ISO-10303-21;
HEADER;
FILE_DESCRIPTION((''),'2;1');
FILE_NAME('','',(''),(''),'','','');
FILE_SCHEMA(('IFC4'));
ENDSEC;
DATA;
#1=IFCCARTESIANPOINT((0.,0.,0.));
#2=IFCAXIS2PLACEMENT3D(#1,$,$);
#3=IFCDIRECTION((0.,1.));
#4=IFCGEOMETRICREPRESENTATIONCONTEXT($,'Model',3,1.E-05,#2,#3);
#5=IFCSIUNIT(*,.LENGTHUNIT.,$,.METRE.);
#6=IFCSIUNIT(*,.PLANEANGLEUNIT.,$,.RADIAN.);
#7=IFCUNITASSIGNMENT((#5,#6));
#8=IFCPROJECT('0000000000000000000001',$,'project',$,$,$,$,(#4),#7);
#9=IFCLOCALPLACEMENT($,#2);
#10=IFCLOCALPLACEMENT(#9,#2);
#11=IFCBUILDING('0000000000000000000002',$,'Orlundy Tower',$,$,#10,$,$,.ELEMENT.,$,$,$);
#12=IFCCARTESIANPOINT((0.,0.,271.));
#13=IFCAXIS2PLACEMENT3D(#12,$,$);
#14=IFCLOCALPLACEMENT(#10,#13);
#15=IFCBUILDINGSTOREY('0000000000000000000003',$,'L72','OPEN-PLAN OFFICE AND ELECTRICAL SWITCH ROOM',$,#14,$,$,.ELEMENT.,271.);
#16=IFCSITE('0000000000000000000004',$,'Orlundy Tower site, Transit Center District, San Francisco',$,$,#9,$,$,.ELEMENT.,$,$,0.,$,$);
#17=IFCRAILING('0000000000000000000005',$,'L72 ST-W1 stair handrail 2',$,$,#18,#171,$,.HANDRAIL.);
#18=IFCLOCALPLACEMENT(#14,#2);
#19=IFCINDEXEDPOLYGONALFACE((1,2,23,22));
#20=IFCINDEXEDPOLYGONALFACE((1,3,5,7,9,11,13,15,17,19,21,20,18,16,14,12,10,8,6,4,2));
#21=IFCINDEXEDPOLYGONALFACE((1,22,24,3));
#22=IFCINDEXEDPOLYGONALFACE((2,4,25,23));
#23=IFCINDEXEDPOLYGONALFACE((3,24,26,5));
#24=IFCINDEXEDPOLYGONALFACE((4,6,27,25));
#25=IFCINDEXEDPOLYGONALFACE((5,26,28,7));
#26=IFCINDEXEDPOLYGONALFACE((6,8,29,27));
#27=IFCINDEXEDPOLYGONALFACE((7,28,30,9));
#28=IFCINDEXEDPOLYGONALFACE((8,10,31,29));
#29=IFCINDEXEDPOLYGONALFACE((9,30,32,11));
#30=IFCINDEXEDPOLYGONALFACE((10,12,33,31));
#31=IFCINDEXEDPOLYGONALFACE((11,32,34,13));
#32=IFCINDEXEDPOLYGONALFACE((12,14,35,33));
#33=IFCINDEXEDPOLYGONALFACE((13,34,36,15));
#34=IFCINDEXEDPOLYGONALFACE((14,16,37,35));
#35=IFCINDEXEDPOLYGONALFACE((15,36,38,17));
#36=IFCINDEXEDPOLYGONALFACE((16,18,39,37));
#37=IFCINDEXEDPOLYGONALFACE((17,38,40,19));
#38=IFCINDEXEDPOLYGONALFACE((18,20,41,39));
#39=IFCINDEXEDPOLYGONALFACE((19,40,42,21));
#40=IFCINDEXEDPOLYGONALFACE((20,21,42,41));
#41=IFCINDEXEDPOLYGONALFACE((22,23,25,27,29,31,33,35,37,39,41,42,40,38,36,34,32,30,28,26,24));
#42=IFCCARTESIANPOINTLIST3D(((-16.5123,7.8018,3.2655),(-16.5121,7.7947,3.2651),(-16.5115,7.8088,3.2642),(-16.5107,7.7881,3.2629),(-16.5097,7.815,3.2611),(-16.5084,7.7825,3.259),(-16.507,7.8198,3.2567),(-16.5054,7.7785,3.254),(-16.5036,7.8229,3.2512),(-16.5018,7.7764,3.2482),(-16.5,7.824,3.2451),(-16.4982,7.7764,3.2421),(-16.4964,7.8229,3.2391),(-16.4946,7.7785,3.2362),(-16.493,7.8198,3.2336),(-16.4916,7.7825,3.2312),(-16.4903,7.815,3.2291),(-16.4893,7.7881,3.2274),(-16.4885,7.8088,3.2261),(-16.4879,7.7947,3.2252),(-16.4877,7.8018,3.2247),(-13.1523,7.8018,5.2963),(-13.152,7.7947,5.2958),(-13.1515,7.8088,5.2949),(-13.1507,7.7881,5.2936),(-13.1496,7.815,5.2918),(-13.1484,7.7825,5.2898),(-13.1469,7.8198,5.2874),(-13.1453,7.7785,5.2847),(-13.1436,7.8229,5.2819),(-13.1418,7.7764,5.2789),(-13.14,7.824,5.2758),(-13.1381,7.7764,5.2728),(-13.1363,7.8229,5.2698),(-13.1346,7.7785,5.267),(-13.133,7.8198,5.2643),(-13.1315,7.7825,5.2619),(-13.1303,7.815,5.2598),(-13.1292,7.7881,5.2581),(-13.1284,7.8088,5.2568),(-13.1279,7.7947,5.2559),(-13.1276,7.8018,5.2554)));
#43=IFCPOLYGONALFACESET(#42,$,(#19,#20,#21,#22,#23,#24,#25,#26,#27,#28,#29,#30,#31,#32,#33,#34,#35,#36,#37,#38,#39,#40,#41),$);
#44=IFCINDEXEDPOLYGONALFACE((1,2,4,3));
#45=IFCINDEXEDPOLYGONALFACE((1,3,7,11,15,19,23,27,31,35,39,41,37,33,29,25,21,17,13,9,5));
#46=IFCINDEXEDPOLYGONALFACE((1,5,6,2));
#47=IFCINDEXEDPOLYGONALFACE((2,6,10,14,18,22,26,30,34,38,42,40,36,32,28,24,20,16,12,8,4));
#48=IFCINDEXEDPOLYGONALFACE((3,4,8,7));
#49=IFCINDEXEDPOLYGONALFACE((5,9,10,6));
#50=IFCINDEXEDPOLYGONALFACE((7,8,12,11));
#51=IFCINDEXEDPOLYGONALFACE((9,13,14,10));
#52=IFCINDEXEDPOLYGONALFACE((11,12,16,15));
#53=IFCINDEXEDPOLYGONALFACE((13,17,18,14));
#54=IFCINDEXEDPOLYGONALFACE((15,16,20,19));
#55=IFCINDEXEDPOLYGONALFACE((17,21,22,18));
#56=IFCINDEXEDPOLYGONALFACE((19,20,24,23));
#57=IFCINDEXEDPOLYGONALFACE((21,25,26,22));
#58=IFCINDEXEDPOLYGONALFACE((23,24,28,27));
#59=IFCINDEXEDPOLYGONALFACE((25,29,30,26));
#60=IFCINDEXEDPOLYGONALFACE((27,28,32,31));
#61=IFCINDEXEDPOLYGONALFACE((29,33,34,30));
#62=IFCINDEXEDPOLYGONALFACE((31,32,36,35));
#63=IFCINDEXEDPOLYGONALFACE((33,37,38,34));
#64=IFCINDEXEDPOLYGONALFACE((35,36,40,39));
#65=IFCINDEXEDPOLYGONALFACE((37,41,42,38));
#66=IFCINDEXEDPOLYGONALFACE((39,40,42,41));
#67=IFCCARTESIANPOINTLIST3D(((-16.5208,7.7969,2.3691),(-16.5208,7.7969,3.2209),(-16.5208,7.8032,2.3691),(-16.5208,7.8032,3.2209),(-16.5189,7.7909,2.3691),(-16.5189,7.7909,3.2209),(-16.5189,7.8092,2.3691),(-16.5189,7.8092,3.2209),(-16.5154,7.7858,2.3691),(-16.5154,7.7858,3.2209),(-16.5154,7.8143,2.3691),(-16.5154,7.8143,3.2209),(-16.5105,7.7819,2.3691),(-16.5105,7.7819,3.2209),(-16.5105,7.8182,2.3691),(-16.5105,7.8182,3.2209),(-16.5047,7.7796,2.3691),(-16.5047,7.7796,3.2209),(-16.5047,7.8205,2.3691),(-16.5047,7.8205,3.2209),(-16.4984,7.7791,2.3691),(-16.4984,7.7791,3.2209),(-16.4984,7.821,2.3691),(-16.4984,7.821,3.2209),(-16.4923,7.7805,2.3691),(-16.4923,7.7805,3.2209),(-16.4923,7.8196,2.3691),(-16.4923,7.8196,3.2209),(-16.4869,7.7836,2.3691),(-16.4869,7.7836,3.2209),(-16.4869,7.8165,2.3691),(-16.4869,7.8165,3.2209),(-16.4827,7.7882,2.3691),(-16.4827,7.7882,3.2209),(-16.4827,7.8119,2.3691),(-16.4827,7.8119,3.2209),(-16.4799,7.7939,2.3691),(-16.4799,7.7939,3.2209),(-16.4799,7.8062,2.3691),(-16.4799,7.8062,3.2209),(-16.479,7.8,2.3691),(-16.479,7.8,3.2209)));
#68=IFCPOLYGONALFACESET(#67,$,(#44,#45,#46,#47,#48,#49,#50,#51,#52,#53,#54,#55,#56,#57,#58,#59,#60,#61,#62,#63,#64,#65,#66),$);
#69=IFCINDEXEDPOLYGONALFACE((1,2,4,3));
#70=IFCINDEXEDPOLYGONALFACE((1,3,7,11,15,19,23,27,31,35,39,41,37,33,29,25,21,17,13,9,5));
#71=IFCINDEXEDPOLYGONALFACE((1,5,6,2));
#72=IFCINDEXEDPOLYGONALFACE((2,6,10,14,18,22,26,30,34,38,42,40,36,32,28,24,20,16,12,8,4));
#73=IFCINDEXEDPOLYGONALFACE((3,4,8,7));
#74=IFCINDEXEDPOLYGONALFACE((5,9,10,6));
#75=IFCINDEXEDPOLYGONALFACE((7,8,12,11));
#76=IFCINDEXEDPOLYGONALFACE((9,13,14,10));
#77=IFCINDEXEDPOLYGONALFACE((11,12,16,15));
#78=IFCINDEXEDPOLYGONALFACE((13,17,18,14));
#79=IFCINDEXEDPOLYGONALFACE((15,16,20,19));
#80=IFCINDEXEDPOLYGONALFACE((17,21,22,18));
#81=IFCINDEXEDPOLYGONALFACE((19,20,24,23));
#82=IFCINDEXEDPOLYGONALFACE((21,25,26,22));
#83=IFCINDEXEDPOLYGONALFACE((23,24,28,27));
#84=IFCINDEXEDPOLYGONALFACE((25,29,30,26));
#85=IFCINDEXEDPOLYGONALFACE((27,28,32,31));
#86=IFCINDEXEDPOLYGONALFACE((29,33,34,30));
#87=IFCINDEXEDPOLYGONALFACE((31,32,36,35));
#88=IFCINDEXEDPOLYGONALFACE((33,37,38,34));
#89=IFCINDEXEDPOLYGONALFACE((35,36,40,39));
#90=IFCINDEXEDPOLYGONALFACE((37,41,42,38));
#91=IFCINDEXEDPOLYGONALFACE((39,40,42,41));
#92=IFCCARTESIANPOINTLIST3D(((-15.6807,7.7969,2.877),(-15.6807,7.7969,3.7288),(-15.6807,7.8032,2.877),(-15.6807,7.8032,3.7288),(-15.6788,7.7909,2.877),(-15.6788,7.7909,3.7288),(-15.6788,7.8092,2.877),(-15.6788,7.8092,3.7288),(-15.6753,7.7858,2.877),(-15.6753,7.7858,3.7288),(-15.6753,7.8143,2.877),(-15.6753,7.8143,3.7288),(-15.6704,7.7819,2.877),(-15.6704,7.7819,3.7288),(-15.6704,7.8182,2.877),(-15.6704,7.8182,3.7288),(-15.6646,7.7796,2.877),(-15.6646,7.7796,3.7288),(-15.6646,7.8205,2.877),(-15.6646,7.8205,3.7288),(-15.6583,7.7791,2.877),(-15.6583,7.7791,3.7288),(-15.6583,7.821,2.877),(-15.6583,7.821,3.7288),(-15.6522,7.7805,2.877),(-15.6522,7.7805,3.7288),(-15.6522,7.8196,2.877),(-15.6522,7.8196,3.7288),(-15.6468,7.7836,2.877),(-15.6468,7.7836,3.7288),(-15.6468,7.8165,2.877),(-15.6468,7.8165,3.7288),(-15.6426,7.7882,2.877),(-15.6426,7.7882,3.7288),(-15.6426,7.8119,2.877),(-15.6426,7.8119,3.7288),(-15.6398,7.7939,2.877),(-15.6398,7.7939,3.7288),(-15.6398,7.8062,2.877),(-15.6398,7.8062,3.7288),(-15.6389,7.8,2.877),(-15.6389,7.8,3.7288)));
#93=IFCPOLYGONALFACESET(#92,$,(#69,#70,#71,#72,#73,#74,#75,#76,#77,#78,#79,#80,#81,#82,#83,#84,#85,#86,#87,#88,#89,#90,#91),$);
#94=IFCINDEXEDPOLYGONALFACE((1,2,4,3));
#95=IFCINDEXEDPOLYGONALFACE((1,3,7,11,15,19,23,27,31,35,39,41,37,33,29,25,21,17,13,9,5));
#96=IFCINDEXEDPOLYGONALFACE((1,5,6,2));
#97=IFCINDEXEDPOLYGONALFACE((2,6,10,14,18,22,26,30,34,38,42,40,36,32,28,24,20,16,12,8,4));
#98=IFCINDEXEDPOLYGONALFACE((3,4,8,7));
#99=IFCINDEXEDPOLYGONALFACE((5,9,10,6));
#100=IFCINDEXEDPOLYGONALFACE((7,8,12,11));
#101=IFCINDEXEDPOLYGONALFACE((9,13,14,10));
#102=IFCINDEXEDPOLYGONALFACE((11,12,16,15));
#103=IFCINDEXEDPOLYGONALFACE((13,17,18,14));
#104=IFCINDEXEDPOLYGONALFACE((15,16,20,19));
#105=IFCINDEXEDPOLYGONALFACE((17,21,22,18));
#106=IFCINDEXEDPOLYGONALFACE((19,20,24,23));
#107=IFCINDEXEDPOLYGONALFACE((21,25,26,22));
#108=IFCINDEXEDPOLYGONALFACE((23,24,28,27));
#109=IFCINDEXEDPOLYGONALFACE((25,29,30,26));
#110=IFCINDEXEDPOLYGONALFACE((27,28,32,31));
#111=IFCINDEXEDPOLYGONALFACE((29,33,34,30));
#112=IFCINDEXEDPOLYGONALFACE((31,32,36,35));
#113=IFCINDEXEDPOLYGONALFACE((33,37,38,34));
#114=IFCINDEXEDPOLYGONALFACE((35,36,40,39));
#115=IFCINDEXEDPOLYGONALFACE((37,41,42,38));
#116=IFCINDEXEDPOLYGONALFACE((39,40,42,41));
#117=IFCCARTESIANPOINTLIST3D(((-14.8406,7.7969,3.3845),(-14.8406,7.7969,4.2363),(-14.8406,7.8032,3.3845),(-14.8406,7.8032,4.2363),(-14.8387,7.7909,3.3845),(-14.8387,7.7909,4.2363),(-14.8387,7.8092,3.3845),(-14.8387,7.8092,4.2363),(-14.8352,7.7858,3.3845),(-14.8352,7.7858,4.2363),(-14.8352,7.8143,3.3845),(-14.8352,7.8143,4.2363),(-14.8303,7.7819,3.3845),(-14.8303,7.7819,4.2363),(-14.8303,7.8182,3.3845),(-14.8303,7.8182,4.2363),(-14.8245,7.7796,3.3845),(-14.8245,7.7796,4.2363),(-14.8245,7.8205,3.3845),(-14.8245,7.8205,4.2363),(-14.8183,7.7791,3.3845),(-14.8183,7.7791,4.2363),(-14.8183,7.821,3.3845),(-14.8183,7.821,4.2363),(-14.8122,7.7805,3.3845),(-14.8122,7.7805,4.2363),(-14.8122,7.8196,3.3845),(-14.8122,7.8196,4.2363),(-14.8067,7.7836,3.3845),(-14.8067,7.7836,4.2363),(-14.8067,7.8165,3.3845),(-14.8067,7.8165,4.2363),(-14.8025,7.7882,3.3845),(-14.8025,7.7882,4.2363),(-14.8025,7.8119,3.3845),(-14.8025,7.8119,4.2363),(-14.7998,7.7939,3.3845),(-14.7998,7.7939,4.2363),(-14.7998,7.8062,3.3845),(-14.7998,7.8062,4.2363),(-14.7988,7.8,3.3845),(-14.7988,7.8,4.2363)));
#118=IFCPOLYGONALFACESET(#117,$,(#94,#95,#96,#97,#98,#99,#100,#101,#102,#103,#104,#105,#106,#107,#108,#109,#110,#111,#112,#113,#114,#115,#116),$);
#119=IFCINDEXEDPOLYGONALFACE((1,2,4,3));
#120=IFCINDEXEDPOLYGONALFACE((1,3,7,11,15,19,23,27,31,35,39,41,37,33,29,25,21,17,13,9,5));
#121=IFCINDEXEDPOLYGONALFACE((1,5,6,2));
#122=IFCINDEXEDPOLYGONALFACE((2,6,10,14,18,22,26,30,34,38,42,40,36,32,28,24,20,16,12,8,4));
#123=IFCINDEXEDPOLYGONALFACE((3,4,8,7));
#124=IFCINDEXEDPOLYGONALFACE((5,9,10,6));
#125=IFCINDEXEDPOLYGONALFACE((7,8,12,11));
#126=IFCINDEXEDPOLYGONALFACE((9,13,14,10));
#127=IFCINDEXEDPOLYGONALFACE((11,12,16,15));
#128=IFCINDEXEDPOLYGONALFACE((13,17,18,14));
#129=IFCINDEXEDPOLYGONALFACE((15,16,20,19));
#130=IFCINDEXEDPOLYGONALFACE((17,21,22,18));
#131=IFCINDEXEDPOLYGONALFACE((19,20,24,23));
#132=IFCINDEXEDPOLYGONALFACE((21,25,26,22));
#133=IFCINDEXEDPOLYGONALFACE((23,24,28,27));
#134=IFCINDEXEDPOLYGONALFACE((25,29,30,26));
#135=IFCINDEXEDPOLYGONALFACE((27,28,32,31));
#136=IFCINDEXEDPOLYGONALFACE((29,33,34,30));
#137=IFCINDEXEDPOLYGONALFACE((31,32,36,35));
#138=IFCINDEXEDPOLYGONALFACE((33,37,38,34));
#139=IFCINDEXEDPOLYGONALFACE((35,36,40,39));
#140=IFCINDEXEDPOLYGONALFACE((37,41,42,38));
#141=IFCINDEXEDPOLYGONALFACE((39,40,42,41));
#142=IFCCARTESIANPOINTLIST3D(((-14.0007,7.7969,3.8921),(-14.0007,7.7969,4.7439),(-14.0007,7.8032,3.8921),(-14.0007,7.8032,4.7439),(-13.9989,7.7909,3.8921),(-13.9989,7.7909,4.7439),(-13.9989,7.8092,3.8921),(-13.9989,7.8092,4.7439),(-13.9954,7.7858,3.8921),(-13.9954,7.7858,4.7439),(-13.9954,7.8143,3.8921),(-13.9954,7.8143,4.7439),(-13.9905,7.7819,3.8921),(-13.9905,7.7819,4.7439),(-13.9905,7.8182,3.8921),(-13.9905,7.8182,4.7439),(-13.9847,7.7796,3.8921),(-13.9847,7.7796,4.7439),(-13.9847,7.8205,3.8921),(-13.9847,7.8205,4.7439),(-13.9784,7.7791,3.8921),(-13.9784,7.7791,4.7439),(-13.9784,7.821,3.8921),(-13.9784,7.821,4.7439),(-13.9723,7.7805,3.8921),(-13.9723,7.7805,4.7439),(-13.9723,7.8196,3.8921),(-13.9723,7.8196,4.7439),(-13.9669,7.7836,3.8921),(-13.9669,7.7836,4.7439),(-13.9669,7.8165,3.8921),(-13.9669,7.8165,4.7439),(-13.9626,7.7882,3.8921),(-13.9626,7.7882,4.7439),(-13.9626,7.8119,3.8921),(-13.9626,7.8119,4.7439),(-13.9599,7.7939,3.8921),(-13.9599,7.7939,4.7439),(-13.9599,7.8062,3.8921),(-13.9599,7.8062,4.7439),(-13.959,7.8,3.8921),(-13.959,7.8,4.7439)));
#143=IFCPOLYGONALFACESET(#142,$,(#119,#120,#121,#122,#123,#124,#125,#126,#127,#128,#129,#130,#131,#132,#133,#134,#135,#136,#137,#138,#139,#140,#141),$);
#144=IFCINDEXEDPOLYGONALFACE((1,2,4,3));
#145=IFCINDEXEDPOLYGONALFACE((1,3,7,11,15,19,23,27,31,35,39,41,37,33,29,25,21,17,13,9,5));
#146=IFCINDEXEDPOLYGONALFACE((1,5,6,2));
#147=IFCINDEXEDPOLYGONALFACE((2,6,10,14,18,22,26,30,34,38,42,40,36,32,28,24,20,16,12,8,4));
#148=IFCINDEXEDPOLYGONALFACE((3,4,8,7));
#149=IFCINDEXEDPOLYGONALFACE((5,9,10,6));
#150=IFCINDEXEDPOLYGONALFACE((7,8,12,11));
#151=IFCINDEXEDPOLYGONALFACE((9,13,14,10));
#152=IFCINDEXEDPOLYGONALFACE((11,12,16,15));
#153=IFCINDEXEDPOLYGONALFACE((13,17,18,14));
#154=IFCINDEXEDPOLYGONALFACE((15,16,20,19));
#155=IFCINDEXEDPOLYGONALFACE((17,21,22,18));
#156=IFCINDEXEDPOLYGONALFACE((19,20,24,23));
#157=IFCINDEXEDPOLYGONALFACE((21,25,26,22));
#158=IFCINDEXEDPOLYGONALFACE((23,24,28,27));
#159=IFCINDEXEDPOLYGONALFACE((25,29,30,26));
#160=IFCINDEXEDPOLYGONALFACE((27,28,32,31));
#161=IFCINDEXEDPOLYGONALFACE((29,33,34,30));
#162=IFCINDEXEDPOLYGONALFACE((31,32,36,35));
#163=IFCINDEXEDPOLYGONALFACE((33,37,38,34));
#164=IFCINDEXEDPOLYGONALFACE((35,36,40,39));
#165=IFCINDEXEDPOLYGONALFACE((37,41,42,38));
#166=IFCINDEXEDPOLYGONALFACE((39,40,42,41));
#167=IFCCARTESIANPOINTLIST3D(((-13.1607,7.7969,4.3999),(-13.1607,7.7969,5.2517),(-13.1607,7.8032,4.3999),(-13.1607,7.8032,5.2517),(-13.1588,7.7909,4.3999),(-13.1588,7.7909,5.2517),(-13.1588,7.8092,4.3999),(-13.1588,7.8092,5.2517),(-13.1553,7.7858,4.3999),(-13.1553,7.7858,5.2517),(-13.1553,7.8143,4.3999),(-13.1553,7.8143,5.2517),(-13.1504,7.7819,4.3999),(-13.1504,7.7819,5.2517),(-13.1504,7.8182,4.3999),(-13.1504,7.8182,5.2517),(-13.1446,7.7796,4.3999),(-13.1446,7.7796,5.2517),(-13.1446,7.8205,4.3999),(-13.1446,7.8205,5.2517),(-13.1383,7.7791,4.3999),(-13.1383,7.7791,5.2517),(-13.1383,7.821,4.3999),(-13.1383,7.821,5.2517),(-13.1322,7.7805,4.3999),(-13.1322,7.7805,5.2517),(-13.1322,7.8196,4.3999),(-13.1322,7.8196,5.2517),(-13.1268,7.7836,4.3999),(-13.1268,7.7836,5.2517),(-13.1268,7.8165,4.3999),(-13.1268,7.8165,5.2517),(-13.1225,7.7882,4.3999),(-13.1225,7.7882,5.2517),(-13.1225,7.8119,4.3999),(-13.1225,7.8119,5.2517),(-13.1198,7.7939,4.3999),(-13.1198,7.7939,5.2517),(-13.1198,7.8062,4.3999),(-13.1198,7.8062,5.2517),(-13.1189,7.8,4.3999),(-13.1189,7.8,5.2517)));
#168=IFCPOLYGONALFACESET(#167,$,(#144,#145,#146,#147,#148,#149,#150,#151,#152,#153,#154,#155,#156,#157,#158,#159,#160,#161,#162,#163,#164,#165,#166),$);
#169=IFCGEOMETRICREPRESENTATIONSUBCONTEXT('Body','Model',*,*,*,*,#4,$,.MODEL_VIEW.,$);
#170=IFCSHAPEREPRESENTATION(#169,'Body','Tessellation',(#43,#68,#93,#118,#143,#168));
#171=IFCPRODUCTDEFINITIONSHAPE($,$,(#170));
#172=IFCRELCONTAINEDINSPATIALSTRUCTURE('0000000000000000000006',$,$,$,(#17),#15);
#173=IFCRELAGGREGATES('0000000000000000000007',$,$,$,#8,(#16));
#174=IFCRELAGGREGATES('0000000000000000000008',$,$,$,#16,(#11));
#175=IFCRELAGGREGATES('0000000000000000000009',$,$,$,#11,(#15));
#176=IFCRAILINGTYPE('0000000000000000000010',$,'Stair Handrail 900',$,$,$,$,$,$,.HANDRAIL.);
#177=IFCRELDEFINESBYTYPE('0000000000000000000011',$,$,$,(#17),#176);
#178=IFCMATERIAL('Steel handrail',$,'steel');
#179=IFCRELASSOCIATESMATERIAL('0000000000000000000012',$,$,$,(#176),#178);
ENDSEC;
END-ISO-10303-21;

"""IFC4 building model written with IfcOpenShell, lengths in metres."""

from ifc_helpers import new_model, si_unit, direction, frame, origin, origin_2d, place, context, subcontext, project, spatial, circle, extrude, material, type_object, element, save


model = new_model("IFC4")

# Units and contexts
model_context = context("Model", 3, precision=1e-05, world=origin(), true_north=direction((0.0, 1.0)))
body_context = subcontext(model_context, "Body", "Model", "MODEL_VIEW")
ifc_project = project(units=[si_unit("LENGTHUNIT", "METRE"), si_unit("PLANEANGLEUNIT", "RADIAN")], contexts=[model_context])

# Site, building, storey
site_placement = place(None, origin())
site = spatial("IfcSite", under=ifc_project, at=site_placement, Name="Orlundy Tower site, Transit Center District, San Francisco", CompositionType="ELEMENT", RefElevation=0.0)
building_placement = place(site_placement, origin())
building = spatial("IfcBuilding", under=site, at=building_placement, Name="Orlundy Tower", CompositionType="ELEMENT")
storey_placement = place(building_placement, frame((0.0, 0.0, 271.0)))
storey = spatial("IfcBuildingStorey", under=building, at=storey_placement, Name="L72", Description="OPEN-PLAN OFFICE AND ELECTRICAL SWITCH ROOM", CompositionType="ELEMENT", Elevation=271.0)

# Railing
ifc_material_1 = material(Name="Steel handrail", Category="steel")
railing_type = type_object("IfcRailingType", Name="Stair Handrail 900", PredefinedType="HANDRAIL", material=ifc_material_1)
railing_placement = place(storey_placement, frame((-16.5, 7.8, 2.3691)))
element("IfcRailing", 1, at=railing_placement, inside=storey, type_object=railing_type, Name="L72 ST-W1 stair handrail 2", PredefinedType="HANDRAIL", context=body_context, shape_type="SweptSolid", body=[
    extrude(circle(Radius=0.0239, at=origin_2d()), frame((0.0, 0.0, 0.876), z_axis=(0.855837, 0.0, 0.517246), x_axis=(0.0, 1.0, 0.0)), (0.0, 0.0, 1.0), 3.926),
    extrude(circle(Radius=0.021, at=origin_2d()), origin(), (0.0, 0.0, 1.0), 0.8518),
    extrude(circle(Radius=0.021, at=origin_2d()), frame((0.8401, 0.0, 0.5078)), (0.0, 0.0, 1.0), 0.8518),
    extrude(circle(Radius=0.021, at=origin_2d()), frame((1.6802, 0.0, 1.0154)), (0.0, 0.0, 1.0), 0.8518),
    extrude(circle(Radius=0.021, at=origin_2d()), frame((2.52, 0.0, 1.5229)), (0.0, 0.0, 1.0), 0.8518),
    extrude(circle(Radius=0.021, at=origin_2d()), frame((3.3601, 0.0, 2.0308)), (0.0, 0.0, 1.0), 0.8518),
])

save(model, "model.ifc")
